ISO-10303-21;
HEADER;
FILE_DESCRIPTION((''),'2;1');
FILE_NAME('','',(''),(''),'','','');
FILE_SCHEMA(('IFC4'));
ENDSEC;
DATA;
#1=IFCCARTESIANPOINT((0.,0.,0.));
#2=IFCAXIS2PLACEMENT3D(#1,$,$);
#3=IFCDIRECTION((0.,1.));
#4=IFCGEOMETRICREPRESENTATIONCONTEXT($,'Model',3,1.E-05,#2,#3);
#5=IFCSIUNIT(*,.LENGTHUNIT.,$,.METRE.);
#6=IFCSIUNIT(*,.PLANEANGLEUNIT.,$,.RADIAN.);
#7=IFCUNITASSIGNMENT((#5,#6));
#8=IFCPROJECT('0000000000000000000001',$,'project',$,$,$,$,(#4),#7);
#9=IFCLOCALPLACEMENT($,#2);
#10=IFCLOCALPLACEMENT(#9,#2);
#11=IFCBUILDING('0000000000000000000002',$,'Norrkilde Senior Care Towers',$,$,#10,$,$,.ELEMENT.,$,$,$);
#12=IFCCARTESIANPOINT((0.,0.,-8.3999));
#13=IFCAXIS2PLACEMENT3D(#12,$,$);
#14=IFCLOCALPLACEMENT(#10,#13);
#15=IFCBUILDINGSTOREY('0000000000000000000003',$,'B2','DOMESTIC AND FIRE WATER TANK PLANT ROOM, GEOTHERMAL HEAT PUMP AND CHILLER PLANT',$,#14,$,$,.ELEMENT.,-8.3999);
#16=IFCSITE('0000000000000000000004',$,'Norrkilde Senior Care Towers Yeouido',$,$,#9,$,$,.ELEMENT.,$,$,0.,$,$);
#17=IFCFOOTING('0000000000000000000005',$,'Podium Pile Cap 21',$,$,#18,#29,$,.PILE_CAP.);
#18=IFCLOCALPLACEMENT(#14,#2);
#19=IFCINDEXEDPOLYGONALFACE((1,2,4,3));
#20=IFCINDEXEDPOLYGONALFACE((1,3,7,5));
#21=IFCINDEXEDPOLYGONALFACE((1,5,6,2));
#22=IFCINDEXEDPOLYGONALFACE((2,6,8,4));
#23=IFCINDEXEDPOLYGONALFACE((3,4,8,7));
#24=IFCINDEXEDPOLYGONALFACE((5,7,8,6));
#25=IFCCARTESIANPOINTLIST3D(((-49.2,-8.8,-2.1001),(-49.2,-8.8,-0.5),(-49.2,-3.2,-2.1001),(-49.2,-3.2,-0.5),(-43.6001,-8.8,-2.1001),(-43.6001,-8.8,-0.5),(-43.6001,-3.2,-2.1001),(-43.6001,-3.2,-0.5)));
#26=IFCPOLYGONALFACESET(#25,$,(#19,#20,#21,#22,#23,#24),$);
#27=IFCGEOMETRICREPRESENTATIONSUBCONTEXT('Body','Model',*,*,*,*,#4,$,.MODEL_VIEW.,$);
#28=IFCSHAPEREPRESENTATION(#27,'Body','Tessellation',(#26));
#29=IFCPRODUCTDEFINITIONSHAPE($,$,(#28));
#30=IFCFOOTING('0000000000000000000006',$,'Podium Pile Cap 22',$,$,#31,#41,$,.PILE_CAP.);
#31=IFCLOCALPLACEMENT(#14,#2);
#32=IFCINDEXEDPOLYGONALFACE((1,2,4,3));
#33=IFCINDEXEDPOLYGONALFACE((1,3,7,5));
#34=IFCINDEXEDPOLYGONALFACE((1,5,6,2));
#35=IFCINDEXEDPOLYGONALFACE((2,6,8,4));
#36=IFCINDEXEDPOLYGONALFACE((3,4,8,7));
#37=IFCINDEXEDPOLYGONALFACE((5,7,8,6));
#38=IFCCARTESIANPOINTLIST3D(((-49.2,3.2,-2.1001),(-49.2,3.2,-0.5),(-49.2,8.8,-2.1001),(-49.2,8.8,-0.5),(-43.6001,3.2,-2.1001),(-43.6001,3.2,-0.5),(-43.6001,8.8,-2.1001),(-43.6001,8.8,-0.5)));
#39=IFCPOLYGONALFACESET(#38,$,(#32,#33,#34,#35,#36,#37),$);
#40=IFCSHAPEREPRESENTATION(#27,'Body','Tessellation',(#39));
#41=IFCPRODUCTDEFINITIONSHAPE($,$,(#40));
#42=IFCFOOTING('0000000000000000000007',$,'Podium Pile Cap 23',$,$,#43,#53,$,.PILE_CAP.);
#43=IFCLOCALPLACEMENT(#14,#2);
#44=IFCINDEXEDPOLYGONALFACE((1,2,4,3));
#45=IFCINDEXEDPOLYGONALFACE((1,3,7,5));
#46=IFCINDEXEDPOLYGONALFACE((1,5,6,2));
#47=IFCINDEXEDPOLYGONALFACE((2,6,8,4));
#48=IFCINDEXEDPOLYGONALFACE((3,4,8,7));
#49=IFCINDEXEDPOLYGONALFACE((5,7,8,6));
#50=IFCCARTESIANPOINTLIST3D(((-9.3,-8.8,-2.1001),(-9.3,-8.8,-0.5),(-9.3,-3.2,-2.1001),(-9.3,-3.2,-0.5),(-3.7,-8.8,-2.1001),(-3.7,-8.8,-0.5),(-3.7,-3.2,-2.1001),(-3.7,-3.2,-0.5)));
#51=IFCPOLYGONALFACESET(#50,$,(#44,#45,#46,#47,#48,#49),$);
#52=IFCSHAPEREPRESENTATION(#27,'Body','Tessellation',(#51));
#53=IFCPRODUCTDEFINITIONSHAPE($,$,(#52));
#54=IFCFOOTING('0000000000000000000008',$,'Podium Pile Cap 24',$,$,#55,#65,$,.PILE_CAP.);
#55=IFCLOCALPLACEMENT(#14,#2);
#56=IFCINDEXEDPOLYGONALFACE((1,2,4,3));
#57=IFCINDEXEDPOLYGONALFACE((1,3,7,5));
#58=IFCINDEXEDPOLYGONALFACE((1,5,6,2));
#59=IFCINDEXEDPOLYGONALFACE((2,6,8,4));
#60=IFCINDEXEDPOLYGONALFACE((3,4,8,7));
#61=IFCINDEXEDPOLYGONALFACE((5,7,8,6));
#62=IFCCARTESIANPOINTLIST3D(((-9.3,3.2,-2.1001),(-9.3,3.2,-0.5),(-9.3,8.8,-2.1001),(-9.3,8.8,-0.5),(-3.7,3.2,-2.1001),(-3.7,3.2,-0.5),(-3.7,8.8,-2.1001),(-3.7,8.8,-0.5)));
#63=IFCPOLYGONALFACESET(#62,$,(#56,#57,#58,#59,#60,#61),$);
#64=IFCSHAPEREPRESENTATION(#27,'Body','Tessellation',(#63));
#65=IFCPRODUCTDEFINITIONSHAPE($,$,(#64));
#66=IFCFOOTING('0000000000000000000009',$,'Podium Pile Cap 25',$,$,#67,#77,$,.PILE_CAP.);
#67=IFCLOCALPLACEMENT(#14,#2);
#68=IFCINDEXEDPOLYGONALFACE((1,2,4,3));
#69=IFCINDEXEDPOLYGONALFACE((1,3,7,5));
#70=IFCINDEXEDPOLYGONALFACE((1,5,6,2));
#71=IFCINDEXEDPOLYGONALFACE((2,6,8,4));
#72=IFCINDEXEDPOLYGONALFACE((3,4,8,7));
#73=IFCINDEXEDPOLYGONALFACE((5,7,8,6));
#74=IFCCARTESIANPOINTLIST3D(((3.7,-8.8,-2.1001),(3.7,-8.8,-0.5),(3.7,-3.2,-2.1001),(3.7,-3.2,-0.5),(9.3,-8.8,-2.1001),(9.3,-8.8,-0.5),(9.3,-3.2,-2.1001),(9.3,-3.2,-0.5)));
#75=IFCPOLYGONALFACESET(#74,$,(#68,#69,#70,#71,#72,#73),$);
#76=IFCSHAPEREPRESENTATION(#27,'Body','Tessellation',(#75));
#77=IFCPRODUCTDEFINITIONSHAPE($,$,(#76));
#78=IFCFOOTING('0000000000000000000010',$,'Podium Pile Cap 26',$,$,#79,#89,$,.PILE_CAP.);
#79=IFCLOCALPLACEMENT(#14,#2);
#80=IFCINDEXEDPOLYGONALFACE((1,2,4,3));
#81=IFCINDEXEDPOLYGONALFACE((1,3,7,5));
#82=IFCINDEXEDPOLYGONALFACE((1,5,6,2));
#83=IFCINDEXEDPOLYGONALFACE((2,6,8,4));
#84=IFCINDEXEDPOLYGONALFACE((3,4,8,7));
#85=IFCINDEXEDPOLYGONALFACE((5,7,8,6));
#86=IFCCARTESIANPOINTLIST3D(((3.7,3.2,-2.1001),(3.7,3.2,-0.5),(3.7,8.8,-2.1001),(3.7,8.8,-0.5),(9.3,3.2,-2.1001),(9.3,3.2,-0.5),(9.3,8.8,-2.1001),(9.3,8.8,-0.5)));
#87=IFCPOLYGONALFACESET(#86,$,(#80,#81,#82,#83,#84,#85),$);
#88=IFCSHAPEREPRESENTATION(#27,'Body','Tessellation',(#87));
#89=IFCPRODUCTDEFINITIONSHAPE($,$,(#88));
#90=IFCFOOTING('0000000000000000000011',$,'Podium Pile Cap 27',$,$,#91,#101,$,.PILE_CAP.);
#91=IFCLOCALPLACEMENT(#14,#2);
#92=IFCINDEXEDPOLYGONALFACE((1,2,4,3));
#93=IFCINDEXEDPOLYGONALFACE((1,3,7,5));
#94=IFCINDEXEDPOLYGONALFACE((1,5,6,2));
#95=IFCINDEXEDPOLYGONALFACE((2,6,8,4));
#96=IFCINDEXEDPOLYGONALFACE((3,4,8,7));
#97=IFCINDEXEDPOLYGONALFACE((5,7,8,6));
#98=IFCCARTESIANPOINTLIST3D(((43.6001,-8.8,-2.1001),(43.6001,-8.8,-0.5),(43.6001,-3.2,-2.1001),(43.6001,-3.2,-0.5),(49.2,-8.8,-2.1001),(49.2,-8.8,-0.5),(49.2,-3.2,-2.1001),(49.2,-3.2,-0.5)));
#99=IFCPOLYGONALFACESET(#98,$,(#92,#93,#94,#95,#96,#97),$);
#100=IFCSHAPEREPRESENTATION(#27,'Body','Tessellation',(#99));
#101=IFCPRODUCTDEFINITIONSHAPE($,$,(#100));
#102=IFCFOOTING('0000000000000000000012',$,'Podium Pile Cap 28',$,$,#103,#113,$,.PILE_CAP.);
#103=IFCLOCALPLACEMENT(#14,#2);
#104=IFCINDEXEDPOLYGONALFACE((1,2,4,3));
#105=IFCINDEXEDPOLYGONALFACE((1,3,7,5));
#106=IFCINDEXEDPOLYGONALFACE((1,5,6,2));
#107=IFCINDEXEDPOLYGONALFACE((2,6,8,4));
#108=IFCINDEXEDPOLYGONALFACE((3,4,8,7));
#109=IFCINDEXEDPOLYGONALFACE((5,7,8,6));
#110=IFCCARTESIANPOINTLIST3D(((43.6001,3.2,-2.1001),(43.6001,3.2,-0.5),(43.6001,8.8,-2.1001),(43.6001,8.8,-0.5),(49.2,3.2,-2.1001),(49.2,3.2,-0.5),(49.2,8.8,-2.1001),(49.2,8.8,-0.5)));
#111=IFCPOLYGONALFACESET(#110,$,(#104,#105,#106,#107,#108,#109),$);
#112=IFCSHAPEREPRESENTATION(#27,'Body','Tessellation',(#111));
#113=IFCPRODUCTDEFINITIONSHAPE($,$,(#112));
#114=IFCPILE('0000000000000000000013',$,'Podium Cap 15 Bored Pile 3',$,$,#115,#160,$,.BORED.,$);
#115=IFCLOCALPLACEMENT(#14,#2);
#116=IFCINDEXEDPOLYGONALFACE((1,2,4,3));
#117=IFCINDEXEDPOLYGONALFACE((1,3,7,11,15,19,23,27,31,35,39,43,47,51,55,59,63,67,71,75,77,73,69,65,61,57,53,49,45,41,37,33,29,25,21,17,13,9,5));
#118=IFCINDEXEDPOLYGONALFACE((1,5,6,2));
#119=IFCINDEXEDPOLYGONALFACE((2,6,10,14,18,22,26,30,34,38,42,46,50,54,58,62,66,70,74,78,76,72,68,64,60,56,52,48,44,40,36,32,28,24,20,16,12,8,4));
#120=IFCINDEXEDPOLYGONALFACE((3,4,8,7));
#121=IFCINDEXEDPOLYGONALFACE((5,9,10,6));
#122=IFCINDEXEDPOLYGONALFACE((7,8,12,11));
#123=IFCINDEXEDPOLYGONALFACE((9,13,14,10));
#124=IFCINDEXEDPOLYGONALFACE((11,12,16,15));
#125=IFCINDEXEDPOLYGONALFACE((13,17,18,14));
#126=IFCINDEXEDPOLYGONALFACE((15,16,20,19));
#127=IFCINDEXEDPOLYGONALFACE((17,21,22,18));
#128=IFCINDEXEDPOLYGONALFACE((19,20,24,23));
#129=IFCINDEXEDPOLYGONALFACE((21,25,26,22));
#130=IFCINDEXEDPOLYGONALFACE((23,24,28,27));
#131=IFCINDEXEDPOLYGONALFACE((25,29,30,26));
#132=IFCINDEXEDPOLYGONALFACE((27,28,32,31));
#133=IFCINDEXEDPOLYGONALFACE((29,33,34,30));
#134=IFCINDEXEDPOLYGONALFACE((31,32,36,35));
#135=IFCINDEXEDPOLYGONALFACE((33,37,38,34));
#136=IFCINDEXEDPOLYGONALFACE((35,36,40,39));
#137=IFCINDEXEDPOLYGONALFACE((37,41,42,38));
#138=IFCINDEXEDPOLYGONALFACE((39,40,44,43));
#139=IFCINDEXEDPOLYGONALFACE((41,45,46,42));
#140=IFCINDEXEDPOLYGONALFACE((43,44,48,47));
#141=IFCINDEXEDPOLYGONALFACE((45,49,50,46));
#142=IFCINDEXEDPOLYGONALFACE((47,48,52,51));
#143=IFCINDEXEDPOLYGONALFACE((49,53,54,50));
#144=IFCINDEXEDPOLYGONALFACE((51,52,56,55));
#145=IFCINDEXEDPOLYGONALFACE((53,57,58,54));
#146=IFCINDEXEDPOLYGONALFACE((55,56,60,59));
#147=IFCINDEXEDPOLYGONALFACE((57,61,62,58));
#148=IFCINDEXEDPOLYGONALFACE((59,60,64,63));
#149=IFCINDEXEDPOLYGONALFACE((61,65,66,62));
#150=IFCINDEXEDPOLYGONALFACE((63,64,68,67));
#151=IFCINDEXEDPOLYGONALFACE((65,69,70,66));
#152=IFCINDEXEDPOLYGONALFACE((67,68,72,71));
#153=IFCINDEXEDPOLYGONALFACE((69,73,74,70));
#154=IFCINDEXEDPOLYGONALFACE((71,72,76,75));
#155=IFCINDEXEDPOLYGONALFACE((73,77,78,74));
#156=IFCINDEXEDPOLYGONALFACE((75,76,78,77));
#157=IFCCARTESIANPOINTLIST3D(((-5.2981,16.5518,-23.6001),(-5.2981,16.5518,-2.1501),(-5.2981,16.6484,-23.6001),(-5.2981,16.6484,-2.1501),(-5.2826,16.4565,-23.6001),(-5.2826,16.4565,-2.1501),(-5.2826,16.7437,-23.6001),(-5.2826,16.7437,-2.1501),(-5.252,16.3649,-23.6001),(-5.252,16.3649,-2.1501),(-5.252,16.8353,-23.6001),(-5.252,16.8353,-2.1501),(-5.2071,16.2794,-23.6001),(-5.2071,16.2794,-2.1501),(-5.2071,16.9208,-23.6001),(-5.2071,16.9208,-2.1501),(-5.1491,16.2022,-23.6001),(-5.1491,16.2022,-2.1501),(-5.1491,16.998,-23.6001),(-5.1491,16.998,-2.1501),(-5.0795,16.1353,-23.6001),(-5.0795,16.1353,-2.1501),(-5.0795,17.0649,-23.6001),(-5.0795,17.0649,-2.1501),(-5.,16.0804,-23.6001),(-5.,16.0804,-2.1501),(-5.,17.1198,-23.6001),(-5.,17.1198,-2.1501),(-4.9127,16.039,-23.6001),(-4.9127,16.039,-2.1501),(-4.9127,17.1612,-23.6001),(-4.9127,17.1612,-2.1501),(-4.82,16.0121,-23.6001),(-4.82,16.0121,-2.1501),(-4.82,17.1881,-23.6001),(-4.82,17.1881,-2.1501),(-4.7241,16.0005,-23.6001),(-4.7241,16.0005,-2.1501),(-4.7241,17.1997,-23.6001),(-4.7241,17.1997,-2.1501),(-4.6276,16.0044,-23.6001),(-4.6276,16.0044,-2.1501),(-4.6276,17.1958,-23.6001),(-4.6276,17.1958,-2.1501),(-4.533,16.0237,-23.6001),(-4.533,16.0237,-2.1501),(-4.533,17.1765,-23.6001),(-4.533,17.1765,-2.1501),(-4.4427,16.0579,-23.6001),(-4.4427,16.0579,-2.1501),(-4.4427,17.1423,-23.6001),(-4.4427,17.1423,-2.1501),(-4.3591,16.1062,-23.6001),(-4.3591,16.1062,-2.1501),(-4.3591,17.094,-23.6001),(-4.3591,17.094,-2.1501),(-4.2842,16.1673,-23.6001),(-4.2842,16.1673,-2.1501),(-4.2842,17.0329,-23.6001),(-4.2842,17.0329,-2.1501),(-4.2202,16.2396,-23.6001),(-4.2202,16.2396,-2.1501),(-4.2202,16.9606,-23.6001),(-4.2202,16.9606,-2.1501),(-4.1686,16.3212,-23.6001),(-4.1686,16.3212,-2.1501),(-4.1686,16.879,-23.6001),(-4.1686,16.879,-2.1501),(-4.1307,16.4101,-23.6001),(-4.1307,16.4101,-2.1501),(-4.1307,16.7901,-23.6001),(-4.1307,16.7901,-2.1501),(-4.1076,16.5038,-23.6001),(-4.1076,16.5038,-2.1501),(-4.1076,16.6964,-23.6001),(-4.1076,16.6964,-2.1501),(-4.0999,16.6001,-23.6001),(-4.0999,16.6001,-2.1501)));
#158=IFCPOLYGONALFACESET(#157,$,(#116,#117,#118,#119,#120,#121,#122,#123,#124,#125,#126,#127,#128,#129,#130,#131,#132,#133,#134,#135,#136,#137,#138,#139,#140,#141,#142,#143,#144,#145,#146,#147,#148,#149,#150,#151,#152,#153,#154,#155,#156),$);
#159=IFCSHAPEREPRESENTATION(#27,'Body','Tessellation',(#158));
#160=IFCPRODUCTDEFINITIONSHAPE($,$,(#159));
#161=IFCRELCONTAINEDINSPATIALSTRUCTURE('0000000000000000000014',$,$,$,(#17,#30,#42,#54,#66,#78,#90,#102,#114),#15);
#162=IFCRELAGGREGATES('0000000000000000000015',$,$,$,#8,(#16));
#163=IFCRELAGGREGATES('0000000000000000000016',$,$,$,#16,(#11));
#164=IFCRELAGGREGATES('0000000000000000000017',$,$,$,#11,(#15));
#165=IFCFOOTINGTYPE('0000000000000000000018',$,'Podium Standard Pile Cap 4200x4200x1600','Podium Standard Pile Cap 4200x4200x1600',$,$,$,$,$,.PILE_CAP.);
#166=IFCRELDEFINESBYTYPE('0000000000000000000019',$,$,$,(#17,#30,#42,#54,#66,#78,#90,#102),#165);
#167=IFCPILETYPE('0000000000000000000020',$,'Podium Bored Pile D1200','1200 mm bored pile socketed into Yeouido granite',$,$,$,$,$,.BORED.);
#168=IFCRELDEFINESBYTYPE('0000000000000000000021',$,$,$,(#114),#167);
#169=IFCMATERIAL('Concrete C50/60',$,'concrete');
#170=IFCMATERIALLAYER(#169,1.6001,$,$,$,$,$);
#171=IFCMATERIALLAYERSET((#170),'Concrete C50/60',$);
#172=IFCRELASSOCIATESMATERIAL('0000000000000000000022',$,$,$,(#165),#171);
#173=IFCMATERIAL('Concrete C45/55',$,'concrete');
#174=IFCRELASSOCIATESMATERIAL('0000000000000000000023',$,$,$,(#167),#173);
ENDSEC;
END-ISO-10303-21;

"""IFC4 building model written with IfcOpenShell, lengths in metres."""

from ifc_helpers import new_model, si_unit, direction, frame, origin, origin_2d, place, context, subcontext, project, spatial, polyline, circle, outline, extrude, source, transform, mapped, material, layer, layer_set, material_profile, profile_set, type_object, element, save


model = new_model("IFC4")

# Units and contexts
model_context = context("Model", 3, precision=1e-05, world=origin(), true_north=direction((0.0, 1.0)))
body_context = subcontext(model_context, "Body", "Model", "MODEL_VIEW")
ifc_project = project(units=[si_unit("LENGTHUNIT", "METRE"), si_unit("PLANEANGLEUNIT", "RADIAN")], contexts=[model_context])

# Site, building, storey
site_placement = place(None, origin())
site = spatial("IfcSite", under=ifc_project, at=site_placement, Name="Norrkilde Senior Care Towers Yeouido", CompositionType="ELEMENT", RefElevation=0.0)
building_placement = place(site_placement, origin())
building = spatial("IfcBuilding", under=site, at=building_placement, Name="Norrkilde Senior Care Towers", CompositionType="ELEMENT")
storey_placement = place(building_placement, frame((0.0, 0.0, -8.3999)))
storey = spatial("IfcBuildingStorey", under=building, at=storey_placement, Name="B2", Description="DOMESTIC AND FIRE WATER TANK PLANT ROOM, GEOTHERMAL HEAT PUMP AND CHILLER PLANT", CompositionType="ELEMENT", Elevation=-8.3999)

# Footings
ifc_material_1 = material(Name="Concrete C50/60", Category="concrete")
ifc_layer_1 = layer(ifc_material_1, 1.6001)
ifc_layer_set_1 = layer_set([ifc_layer_1], Name="Concrete C50/60")
footing_type_1 = type_object("IfcFootingType", Name="Podium Standard Pile Cap 4200x4200x1600", Description="Podium Standard Pile Cap 4200x4200x1600", PredefinedType="PILE_CAP", material=ifc_layer_set_1)
footing_1_placement = place(storey_placement, frame((0.0, 0.0, -2.1001)))
element("IfcFooting", 1, at=footing_1_placement, inside=storey, type_object=footing_type_1, Name="Podium Pile Cap 21", PredefinedType="PILE_CAP", context=body_context, shape_type="SweptSolid", body=[
    extrude(outline(polyline([(-49.2, -8.8), (-43.6001, -8.8), (-43.6001, -3.2), (-49.2, -3.2), (-49.2, -8.8)])), origin(), (0.0, 0.0, 1.0), 1.6001),
])
footing_2_placement = place(storey_placement, frame((0.0, 0.0, -2.1001)))
element("IfcFooting", 2, at=footing_2_placement, inside=storey, type_object=footing_type_1, Name="Podium Pile Cap 22", PredefinedType="PILE_CAP", context=body_context, shape_type="SweptSolid", body=[
    extrude(outline(polyline([(-49.2, 3.2), (-43.6001, 3.2), (-43.6001, 8.8), (-49.2, 8.8), (-49.2, 3.2)])), origin(), (0.0, 0.0, 1.0), 1.6001),
])
footing_3_placement = place(storey_placement, frame((0.0, 0.0, -2.1001)))
element("IfcFooting", 3, at=footing_3_placement, inside=storey, type_object=footing_type_1, Name="Podium Pile Cap 23", PredefinedType="PILE_CAP", context=body_context, shape_type="SweptSolid", body=[
    extrude(outline(polyline([(-9.3, -8.8), (-3.7, -8.8), (-3.7, -3.2), (-9.3, -3.2), (-9.3, -8.8)])), origin(), (0.0, 0.0, 1.0), 1.6001),
])
footing_4_placement = place(storey_placement, frame((0.0, 0.0, -2.1001)))
element("IfcFooting", 4, at=footing_4_placement, inside=storey, type_object=footing_type_1, Name="Podium Pile Cap 24", PredefinedType="PILE_CAP", context=body_context, shape_type="SweptSolid", body=[
    extrude(outline(polyline([(-9.3, 3.2), (-3.7, 3.2), (-3.7, 8.8), (-9.3, 8.8), (-9.3, 3.2)])), origin(), (0.0, 0.0, 1.0), 1.6001),
])
footing_5_placement = place(storey_placement, frame((0.0, 0.0, -2.1001)))
element("IfcFooting", 5, at=footing_5_placement, inside=storey, type_object=footing_type_1, Name="Podium Pile Cap 25", PredefinedType="PILE_CAP", context=body_context, shape_type="SweptSolid", body=[
    extrude(outline(polyline([(3.7, -8.8), (9.3, -8.8), (9.3, -3.2), (3.7, -3.2), (3.7, -8.8)])), origin(), (0.0, 0.0, 1.0), 1.6001),
])
footing_6_placement = place(storey_placement, frame((0.0, 0.0, -2.1001)))
element("IfcFooting", 6, at=footing_6_placement, inside=storey, type_object=footing_type_1, Name="Podium Pile Cap 26", PredefinedType="PILE_CAP", context=body_context, shape_type="SweptSolid", body=[
    extrude(outline(polyline([(3.7, 3.2), (9.3, 3.2), (9.3, 8.8), (3.7, 8.8), (3.7, 3.2)])), origin(), (0.0, 0.0, 1.0), 1.6001),
])
footing_7_placement = place(storey_placement, frame((0.0, 0.0, -2.1001)))
element("IfcFooting", 7, at=footing_7_placement, inside=storey, type_object=footing_type_1, Name="Podium Pile Cap 27", PredefinedType="PILE_CAP", context=body_context, shape_type="SweptSolid", body=[
    extrude(outline(polyline([(43.6001, -8.8), (49.2, -8.8), (49.2, -3.2), (43.6001, -3.2), (43.6001, -8.8)])), origin(), (0.0, 0.0, 1.0), 1.6001),
])
footing_8_placement = place(storey_placement, frame((0.0, 0.0, -2.1001)))
element("IfcFooting", 8, at=footing_8_placement, inside=storey, type_object=footing_type_1, Name="Podium Pile Cap 28", PredefinedType="PILE_CAP", context=body_context, shape_type="SweptSolid", body=[
    extrude(outline(polyline([(43.6001, 3.2), (49.2, 3.2), (49.2, 8.8), (43.6001, 8.8), (43.6001, 3.2)])), origin(), (0.0, 0.0, 1.0), 1.6001),
])

# Pile
ifc_material_2 = material(Name="Concrete C45/55", Category="concrete")
ifc_material_profile = material_profile(ifc_material_2, circle(Radius=0.6001, at=origin_2d()), Name="BORED PILE 1200")
ifc_profile_set = profile_set([ifc_material_profile], Name="Concrete C45/55")
pile_type = type_object("IfcPileType", Name="Podium Bored Pile D1200", Description="1200 mm bored pile socketed into Yeouido granite", PredefinedType="BORED", material=ifc_profile_set)
shared_shape_1 = source(origin(), body_context, "Body", "SweptSolid", [
    extrude(circle(Radius=0.6001, at=origin_2d()), origin(), (0.0, 0.0, 1.0), 21.45),
])
for number, where, z_axis, x_axis, name in (
    (9, (-4.7, 16.6001, -2.1501), (0.0, 0.0, -1.0), (1.0, 0.0, 0.0), "Podium Cap 15 Bored Pile 3"),
):
    element("IfcPile", number, at=place(storey_placement, frame(where, z_axis=z_axis, x_axis=x_axis)), inside=storey, type_object=pile_type, Name=name, PredefinedType="BORED", context=body_context, shape_type="MappedRepresentation", body=[
        mapped(shared_shape_1, transform((0.0, 0.0, 0.0), x_axis=(1.0, 0.0, 0.0), y_axis=(0.0, 1.0, 0.0), z_axis=(0.0, 0.0, 1.0), scale=1.0)),
    ])

save(model, "model.ifc")
